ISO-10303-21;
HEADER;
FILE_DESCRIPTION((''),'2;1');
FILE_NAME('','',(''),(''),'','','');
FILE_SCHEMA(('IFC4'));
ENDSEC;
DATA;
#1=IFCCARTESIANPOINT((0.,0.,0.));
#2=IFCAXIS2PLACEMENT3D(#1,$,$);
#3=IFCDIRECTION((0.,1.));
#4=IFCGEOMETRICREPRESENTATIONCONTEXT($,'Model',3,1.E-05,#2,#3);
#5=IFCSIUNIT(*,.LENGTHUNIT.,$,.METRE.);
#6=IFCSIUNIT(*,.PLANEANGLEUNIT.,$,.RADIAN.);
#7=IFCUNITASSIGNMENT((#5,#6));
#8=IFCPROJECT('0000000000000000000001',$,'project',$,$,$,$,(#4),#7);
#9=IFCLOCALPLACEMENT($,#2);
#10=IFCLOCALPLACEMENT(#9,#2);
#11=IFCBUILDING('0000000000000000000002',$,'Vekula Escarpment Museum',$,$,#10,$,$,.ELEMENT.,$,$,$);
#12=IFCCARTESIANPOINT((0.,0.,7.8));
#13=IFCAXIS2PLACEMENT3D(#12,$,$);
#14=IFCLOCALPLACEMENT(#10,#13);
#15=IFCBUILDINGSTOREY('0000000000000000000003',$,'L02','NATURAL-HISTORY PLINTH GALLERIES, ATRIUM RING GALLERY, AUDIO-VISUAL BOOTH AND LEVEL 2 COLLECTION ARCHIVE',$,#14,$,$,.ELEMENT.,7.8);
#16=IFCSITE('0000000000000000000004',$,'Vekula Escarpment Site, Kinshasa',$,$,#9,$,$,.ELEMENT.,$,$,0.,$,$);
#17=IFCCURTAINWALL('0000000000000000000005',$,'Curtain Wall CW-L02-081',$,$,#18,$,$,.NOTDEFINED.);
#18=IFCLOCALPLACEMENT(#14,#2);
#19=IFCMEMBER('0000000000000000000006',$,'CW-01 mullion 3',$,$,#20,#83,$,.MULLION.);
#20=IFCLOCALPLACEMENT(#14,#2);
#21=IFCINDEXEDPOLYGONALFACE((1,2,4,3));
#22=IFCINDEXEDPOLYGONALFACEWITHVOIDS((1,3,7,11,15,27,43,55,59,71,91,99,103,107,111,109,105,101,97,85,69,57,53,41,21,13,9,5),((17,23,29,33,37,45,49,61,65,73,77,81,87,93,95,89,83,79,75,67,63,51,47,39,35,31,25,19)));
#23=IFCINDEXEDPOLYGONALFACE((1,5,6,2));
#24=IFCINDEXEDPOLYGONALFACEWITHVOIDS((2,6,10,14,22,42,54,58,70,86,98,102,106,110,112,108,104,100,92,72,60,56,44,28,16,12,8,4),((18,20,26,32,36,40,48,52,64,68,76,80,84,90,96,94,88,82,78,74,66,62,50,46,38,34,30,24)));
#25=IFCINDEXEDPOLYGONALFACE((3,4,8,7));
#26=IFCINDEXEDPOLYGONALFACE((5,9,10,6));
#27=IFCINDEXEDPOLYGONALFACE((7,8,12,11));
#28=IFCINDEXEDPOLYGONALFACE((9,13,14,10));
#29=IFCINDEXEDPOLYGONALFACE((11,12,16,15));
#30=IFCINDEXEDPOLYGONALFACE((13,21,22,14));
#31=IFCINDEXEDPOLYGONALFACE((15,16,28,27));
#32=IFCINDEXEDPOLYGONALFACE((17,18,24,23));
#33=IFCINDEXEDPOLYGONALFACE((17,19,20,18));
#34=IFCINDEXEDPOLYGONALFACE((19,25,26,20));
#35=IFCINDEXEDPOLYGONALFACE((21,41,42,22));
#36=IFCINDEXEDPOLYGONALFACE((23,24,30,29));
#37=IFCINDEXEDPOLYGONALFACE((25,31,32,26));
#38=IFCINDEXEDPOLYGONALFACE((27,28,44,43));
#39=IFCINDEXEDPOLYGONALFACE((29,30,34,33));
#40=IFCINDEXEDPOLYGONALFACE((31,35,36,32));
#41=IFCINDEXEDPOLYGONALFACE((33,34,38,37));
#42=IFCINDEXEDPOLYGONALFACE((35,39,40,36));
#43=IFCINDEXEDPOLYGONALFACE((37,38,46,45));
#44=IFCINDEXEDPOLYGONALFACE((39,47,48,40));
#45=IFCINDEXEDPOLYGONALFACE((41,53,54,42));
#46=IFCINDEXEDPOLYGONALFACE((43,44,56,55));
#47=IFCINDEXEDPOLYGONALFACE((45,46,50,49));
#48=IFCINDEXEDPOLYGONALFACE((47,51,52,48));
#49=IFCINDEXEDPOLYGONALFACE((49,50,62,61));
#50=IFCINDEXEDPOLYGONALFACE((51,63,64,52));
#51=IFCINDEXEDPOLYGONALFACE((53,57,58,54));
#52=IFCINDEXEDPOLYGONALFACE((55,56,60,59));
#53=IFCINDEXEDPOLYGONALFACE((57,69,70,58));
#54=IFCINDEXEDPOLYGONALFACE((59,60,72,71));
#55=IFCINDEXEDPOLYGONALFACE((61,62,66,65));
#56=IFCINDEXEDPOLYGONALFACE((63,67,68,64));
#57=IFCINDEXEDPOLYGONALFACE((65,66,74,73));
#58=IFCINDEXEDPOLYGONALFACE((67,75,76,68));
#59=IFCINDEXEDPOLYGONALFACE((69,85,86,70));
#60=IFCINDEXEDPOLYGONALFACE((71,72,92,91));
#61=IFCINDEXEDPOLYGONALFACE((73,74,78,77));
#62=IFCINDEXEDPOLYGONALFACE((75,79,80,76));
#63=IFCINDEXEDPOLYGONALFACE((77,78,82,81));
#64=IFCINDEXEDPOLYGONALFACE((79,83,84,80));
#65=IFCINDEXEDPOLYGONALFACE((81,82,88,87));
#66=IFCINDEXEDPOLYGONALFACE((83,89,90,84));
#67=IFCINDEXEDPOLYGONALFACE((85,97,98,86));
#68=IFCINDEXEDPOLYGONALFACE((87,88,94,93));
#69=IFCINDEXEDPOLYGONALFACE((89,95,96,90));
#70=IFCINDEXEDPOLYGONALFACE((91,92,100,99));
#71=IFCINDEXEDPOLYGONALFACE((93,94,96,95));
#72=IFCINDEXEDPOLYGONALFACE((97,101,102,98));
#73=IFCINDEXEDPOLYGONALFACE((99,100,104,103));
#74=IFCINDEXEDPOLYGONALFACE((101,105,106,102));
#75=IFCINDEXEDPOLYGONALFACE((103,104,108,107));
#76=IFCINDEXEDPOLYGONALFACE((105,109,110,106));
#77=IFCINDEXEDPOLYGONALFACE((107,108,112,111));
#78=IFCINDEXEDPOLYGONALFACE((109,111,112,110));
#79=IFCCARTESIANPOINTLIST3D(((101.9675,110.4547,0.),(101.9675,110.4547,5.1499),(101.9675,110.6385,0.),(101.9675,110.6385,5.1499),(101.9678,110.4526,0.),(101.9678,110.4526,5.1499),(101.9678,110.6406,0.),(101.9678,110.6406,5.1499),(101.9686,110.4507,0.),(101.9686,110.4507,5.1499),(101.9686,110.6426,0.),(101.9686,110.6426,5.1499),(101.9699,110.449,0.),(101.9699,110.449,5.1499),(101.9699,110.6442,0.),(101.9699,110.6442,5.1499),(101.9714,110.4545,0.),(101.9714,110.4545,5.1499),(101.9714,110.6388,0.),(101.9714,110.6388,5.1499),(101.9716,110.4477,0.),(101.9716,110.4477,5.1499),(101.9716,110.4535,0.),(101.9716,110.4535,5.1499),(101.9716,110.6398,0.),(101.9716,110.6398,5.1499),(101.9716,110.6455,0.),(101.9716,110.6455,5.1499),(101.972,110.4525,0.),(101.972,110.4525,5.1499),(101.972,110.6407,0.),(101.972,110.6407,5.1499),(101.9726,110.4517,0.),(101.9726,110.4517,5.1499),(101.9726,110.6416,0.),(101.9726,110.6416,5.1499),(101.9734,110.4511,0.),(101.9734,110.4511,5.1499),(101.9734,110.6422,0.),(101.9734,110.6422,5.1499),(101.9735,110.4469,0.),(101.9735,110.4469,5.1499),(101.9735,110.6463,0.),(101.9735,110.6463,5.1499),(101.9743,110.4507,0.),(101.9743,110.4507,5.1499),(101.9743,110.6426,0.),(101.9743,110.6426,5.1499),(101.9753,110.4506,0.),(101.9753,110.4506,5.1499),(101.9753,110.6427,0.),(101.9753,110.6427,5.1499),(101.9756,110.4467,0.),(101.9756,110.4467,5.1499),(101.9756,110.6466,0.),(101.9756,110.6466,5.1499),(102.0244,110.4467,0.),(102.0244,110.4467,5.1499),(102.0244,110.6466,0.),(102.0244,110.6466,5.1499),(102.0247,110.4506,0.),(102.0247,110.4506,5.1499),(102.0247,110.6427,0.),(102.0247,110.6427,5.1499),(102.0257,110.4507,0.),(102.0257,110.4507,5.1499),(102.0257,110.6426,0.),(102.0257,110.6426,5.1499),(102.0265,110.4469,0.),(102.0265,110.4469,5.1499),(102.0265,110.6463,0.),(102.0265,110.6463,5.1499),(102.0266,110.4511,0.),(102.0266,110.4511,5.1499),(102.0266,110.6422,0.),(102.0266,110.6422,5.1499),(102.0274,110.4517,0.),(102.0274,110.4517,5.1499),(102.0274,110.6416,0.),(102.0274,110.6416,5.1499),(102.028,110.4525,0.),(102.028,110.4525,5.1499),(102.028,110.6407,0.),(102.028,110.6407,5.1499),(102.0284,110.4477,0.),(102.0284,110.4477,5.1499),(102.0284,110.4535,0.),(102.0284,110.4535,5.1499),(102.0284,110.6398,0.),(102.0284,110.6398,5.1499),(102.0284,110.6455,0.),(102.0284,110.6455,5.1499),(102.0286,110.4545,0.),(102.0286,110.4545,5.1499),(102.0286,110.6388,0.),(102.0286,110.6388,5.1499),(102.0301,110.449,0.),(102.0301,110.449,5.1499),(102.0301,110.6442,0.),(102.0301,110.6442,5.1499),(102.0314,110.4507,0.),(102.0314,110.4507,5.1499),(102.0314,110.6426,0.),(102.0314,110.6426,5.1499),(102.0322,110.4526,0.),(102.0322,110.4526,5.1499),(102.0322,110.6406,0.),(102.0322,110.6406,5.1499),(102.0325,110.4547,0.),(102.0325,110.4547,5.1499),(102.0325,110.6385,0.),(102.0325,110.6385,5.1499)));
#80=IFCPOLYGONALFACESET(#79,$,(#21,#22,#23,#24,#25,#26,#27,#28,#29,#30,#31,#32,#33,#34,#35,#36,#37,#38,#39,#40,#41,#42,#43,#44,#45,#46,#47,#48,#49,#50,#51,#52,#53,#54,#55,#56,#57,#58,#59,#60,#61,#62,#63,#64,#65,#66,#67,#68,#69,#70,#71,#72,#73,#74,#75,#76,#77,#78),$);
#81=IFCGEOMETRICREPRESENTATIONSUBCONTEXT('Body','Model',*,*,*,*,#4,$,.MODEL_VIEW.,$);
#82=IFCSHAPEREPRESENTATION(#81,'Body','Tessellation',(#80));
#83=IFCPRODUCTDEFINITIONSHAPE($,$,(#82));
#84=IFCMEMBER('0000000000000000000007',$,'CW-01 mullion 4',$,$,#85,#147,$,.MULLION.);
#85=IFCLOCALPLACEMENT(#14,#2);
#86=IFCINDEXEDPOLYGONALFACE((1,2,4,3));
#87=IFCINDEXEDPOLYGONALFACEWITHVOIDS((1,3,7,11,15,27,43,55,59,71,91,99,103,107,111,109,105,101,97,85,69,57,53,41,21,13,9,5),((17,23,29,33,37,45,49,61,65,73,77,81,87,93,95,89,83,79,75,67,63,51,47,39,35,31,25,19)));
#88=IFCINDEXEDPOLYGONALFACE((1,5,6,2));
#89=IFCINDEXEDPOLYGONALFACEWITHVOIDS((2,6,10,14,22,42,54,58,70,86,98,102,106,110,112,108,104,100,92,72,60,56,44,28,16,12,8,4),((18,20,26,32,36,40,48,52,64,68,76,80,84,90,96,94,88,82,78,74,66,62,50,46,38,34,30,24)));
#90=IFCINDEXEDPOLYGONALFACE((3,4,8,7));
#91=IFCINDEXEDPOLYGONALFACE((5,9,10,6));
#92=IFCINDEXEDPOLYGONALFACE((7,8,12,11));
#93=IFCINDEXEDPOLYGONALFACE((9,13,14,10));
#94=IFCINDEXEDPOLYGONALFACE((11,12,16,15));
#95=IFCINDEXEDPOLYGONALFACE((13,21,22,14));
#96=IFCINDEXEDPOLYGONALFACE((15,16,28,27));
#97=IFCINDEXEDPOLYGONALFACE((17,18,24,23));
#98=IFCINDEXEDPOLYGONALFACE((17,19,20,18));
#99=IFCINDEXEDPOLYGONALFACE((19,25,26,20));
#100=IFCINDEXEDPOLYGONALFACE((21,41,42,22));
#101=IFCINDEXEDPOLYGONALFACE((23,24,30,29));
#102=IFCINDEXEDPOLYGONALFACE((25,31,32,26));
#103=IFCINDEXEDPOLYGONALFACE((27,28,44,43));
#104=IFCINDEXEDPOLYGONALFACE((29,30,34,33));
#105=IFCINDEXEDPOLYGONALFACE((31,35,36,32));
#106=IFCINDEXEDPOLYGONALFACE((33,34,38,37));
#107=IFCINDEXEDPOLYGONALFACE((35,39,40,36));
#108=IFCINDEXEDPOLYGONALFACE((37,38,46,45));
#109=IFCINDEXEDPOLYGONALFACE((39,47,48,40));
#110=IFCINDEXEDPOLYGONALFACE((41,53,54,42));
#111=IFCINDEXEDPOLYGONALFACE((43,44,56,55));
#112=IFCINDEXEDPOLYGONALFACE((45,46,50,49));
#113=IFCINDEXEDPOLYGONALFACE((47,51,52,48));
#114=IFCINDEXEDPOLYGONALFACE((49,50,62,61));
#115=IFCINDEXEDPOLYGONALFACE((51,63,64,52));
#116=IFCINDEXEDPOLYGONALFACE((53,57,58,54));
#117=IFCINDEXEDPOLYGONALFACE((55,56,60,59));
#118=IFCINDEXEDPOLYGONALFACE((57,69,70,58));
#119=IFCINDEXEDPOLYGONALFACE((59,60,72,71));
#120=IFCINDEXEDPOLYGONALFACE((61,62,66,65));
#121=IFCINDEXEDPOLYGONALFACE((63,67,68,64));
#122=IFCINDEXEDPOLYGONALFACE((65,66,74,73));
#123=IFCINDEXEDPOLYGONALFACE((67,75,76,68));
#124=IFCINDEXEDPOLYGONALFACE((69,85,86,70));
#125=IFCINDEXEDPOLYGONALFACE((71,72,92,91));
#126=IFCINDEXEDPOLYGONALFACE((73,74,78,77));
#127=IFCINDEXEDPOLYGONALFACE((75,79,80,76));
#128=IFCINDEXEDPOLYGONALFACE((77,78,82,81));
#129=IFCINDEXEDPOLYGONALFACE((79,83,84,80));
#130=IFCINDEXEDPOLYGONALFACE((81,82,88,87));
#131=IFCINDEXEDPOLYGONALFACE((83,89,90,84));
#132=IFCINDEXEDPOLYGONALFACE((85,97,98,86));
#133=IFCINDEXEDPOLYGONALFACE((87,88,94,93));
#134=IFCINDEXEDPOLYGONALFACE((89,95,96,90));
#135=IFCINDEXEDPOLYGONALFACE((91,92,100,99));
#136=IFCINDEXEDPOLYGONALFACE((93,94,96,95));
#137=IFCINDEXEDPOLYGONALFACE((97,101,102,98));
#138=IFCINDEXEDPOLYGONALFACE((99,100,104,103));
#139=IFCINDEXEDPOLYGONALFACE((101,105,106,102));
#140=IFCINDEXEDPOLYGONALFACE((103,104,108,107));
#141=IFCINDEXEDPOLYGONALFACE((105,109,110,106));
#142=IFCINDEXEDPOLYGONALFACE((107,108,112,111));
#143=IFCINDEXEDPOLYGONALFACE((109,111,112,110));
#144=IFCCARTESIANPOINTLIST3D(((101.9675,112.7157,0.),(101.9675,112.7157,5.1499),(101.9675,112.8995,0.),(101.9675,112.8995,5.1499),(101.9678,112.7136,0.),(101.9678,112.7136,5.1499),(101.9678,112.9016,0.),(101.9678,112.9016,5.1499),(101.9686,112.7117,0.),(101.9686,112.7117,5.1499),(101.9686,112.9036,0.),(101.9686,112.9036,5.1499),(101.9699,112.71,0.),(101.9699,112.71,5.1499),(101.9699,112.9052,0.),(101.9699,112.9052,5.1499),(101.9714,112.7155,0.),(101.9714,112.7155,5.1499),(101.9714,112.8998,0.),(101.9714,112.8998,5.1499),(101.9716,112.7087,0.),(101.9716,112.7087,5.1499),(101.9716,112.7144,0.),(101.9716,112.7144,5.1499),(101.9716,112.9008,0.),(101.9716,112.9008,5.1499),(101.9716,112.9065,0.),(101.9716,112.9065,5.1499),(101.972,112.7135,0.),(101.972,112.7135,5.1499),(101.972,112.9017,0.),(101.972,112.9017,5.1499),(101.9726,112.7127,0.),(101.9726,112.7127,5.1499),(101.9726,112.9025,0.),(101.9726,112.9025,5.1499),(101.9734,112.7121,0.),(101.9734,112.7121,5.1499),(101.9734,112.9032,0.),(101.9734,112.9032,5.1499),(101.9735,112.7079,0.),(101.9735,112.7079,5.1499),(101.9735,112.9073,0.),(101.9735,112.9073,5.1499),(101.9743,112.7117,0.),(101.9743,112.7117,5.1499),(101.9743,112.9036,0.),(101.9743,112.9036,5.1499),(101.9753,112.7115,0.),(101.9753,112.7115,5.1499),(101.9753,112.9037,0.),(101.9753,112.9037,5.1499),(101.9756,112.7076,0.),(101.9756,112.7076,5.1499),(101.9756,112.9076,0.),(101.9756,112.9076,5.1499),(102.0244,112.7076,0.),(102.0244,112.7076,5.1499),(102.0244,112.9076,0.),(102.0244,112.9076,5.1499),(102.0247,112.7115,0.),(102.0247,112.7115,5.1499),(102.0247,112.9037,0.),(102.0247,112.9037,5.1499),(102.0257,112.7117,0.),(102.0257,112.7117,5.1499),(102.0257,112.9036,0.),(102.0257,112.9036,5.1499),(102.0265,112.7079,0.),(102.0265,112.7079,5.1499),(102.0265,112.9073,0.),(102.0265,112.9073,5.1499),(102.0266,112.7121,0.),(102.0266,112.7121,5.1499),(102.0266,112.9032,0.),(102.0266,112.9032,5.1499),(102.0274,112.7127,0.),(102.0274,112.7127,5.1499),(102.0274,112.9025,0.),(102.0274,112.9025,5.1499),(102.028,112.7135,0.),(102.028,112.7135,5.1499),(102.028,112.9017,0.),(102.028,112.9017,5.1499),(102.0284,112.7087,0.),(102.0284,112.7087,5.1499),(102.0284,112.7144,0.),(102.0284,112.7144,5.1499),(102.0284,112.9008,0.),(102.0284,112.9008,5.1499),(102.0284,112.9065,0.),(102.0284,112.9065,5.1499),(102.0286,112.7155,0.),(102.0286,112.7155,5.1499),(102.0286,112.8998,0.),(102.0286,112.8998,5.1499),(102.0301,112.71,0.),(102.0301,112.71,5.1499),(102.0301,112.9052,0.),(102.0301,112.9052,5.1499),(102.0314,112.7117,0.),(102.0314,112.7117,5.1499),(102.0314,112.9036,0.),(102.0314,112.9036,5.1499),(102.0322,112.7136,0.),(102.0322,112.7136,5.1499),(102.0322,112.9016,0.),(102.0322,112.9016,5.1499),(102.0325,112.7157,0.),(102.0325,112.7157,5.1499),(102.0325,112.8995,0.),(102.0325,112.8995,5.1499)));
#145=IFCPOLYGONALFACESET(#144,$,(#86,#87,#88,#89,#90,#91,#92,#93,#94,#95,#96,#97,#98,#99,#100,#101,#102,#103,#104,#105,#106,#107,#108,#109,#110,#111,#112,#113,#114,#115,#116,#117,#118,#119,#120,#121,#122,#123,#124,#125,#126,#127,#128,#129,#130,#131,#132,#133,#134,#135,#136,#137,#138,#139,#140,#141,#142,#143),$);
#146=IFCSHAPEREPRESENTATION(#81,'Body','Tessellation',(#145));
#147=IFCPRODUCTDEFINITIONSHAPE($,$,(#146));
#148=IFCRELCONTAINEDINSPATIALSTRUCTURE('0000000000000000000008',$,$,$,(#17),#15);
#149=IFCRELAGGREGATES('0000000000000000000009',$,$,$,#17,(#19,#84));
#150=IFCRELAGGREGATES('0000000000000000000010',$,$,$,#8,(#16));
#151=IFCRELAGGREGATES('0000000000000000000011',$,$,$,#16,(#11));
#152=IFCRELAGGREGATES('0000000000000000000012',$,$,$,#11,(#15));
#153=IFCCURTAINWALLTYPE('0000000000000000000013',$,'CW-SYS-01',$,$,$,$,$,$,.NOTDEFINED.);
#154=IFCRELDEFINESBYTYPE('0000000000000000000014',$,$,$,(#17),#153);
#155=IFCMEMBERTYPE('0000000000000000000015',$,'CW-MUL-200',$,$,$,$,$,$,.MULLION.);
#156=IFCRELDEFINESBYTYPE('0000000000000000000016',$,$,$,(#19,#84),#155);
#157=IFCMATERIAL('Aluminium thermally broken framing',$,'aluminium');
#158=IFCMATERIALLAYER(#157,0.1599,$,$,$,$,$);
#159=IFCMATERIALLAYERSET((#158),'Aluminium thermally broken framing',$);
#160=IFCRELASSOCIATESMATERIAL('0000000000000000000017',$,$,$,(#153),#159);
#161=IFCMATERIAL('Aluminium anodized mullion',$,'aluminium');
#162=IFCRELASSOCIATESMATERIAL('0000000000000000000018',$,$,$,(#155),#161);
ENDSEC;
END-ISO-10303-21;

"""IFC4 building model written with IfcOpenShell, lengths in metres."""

from ifc_helpers import new_model, si_unit, direction, frame, origin, origin_2d, place, context, subcontext, project, spatial, hollow_rectangle, extrude, material, layer, layer_set, material_profile, profile_set, type_object, element, aggregate, save


model = new_model("IFC4")

# Units and contexts
model_context = context("Model", 3, precision=1e-05, world=origin(), true_north=direction((0.0, 1.0)))
body_context = subcontext(model_context, "Body", "Model", "MODEL_VIEW")
ifc_project = project(units=[si_unit("LENGTHUNIT", "METRE"), si_unit("PLANEANGLEUNIT", "RADIAN")], contexts=[model_context])

# Site, building, storey
site_placement = place(None, origin())
site = spatial("IfcSite", under=ifc_project, at=site_placement, Name="Vekula Escarpment Site, Kinshasa", CompositionType="ELEMENT", RefElevation=0.0)
building_placement = place(site_placement, origin())
building = spatial("IfcBuilding", under=site, at=building_placement, Name="Vekula Escarpment Museum", CompositionType="ELEMENT")
storey_placement = place(building_placement, frame((0.0, 0.0, 7.8)))
storey = spatial("IfcBuildingStorey", under=building, at=storey_placement, Name="L02", Description="NATURAL-HISTORY PLINTH GALLERIES, ATRIUM RING GALLERY, AUDIO-VISUAL BOOTH AND LEVEL 2 COLLECTION ARCHIVE", CompositionType="ELEMENT", Elevation=7.8)

# Curtain wall, members
ifc_material_1 = material(Name="Aluminium thermally broken framing", Category="aluminium")
ifc_layer_1 = layer(ifc_material_1, 0.1599)
ifc_layer_set_1 = layer_set([ifc_layer_1], Name="Aluminium thermally broken framing")
curtain_wall_type_1 = type_object("IfcCurtainWallType", Name="CW-SYS-01", PredefinedType="NOTDEFINED", material=ifc_layer_set_1)
curtain_wall_1_placement = place(storey_placement, origin())
curtain_wall_1 = element("IfcCurtainWall", 1, at=curtain_wall_1_placement, inside=storey, type_object=curtain_wall_type_1, Name="Curtain Wall CW-L02-081", PredefinedType="NOTDEFINED")
ifc_material_2 = material(Name="Aluminium anodized mullion", Category="aluminium")
ifc_material_profile_1 = material_profile(ifc_material_2, hollow_rectangle(XDim=0.0649, YDim=0.2, WallThickness=0.0039, InnerFilletRadius=0.0039, OuterFilletRadius=0.0081, at=origin_2d()), Name="ALU 200x65x4")
ifc_profile_set_1 = profile_set([ifc_material_profile_1], Name="Aluminium anodized mullion")
member_type_1 = type_object("IfcMemberType", Name="CW-MUL-200", PredefinedType="MULLION", material=ifc_profile_set_1)
member_1_placement = place(storey_placement, frame((102.0, 110.5466, 0.0), z_axis=(0.0, 0.0, 1.0), x_axis=(-1.0, 0.0, 0.0)))
member_1 = element("IfcMember", 2, at=member_1_placement, type_object=member_type_1, Name="CW-01 mullion 3", PredefinedType="MULLION", context=body_context, shape_type="SweptSolid", body=[
    extrude(hollow_rectangle(XDim=0.0649, YDim=0.2, WallThickness=0.0039, InnerFilletRadius=0.0039, OuterFilletRadius=0.0081, at=origin_2d()), origin(), (0.0, 0.0, 1.0), 5.1499),
])
member_2_placement = place(storey_placement, frame((102.0, 112.8076, 0.0), z_axis=(0.0, 0.0, 1.0), x_axis=(-1.0, 0.0, 0.0)))
member_2 = element("IfcMember", 3, at=member_2_placement, type_object=member_type_1, Name="CW-01 mullion 4", PredefinedType="MULLION", context=body_context, shape_type="SweptSolid", body=[
    extrude(hollow_rectangle(XDim=0.0649, YDim=0.2, WallThickness=0.0039, InnerFilletRadius=0.0039, OuterFilletRadius=0.0081, at=origin_2d()), origin(), (0.0, 0.0, 1.0), 5.1499),
])

aggregate(curtain_wall_1, [member_1, member_2])

save(model, "model.ifc")
